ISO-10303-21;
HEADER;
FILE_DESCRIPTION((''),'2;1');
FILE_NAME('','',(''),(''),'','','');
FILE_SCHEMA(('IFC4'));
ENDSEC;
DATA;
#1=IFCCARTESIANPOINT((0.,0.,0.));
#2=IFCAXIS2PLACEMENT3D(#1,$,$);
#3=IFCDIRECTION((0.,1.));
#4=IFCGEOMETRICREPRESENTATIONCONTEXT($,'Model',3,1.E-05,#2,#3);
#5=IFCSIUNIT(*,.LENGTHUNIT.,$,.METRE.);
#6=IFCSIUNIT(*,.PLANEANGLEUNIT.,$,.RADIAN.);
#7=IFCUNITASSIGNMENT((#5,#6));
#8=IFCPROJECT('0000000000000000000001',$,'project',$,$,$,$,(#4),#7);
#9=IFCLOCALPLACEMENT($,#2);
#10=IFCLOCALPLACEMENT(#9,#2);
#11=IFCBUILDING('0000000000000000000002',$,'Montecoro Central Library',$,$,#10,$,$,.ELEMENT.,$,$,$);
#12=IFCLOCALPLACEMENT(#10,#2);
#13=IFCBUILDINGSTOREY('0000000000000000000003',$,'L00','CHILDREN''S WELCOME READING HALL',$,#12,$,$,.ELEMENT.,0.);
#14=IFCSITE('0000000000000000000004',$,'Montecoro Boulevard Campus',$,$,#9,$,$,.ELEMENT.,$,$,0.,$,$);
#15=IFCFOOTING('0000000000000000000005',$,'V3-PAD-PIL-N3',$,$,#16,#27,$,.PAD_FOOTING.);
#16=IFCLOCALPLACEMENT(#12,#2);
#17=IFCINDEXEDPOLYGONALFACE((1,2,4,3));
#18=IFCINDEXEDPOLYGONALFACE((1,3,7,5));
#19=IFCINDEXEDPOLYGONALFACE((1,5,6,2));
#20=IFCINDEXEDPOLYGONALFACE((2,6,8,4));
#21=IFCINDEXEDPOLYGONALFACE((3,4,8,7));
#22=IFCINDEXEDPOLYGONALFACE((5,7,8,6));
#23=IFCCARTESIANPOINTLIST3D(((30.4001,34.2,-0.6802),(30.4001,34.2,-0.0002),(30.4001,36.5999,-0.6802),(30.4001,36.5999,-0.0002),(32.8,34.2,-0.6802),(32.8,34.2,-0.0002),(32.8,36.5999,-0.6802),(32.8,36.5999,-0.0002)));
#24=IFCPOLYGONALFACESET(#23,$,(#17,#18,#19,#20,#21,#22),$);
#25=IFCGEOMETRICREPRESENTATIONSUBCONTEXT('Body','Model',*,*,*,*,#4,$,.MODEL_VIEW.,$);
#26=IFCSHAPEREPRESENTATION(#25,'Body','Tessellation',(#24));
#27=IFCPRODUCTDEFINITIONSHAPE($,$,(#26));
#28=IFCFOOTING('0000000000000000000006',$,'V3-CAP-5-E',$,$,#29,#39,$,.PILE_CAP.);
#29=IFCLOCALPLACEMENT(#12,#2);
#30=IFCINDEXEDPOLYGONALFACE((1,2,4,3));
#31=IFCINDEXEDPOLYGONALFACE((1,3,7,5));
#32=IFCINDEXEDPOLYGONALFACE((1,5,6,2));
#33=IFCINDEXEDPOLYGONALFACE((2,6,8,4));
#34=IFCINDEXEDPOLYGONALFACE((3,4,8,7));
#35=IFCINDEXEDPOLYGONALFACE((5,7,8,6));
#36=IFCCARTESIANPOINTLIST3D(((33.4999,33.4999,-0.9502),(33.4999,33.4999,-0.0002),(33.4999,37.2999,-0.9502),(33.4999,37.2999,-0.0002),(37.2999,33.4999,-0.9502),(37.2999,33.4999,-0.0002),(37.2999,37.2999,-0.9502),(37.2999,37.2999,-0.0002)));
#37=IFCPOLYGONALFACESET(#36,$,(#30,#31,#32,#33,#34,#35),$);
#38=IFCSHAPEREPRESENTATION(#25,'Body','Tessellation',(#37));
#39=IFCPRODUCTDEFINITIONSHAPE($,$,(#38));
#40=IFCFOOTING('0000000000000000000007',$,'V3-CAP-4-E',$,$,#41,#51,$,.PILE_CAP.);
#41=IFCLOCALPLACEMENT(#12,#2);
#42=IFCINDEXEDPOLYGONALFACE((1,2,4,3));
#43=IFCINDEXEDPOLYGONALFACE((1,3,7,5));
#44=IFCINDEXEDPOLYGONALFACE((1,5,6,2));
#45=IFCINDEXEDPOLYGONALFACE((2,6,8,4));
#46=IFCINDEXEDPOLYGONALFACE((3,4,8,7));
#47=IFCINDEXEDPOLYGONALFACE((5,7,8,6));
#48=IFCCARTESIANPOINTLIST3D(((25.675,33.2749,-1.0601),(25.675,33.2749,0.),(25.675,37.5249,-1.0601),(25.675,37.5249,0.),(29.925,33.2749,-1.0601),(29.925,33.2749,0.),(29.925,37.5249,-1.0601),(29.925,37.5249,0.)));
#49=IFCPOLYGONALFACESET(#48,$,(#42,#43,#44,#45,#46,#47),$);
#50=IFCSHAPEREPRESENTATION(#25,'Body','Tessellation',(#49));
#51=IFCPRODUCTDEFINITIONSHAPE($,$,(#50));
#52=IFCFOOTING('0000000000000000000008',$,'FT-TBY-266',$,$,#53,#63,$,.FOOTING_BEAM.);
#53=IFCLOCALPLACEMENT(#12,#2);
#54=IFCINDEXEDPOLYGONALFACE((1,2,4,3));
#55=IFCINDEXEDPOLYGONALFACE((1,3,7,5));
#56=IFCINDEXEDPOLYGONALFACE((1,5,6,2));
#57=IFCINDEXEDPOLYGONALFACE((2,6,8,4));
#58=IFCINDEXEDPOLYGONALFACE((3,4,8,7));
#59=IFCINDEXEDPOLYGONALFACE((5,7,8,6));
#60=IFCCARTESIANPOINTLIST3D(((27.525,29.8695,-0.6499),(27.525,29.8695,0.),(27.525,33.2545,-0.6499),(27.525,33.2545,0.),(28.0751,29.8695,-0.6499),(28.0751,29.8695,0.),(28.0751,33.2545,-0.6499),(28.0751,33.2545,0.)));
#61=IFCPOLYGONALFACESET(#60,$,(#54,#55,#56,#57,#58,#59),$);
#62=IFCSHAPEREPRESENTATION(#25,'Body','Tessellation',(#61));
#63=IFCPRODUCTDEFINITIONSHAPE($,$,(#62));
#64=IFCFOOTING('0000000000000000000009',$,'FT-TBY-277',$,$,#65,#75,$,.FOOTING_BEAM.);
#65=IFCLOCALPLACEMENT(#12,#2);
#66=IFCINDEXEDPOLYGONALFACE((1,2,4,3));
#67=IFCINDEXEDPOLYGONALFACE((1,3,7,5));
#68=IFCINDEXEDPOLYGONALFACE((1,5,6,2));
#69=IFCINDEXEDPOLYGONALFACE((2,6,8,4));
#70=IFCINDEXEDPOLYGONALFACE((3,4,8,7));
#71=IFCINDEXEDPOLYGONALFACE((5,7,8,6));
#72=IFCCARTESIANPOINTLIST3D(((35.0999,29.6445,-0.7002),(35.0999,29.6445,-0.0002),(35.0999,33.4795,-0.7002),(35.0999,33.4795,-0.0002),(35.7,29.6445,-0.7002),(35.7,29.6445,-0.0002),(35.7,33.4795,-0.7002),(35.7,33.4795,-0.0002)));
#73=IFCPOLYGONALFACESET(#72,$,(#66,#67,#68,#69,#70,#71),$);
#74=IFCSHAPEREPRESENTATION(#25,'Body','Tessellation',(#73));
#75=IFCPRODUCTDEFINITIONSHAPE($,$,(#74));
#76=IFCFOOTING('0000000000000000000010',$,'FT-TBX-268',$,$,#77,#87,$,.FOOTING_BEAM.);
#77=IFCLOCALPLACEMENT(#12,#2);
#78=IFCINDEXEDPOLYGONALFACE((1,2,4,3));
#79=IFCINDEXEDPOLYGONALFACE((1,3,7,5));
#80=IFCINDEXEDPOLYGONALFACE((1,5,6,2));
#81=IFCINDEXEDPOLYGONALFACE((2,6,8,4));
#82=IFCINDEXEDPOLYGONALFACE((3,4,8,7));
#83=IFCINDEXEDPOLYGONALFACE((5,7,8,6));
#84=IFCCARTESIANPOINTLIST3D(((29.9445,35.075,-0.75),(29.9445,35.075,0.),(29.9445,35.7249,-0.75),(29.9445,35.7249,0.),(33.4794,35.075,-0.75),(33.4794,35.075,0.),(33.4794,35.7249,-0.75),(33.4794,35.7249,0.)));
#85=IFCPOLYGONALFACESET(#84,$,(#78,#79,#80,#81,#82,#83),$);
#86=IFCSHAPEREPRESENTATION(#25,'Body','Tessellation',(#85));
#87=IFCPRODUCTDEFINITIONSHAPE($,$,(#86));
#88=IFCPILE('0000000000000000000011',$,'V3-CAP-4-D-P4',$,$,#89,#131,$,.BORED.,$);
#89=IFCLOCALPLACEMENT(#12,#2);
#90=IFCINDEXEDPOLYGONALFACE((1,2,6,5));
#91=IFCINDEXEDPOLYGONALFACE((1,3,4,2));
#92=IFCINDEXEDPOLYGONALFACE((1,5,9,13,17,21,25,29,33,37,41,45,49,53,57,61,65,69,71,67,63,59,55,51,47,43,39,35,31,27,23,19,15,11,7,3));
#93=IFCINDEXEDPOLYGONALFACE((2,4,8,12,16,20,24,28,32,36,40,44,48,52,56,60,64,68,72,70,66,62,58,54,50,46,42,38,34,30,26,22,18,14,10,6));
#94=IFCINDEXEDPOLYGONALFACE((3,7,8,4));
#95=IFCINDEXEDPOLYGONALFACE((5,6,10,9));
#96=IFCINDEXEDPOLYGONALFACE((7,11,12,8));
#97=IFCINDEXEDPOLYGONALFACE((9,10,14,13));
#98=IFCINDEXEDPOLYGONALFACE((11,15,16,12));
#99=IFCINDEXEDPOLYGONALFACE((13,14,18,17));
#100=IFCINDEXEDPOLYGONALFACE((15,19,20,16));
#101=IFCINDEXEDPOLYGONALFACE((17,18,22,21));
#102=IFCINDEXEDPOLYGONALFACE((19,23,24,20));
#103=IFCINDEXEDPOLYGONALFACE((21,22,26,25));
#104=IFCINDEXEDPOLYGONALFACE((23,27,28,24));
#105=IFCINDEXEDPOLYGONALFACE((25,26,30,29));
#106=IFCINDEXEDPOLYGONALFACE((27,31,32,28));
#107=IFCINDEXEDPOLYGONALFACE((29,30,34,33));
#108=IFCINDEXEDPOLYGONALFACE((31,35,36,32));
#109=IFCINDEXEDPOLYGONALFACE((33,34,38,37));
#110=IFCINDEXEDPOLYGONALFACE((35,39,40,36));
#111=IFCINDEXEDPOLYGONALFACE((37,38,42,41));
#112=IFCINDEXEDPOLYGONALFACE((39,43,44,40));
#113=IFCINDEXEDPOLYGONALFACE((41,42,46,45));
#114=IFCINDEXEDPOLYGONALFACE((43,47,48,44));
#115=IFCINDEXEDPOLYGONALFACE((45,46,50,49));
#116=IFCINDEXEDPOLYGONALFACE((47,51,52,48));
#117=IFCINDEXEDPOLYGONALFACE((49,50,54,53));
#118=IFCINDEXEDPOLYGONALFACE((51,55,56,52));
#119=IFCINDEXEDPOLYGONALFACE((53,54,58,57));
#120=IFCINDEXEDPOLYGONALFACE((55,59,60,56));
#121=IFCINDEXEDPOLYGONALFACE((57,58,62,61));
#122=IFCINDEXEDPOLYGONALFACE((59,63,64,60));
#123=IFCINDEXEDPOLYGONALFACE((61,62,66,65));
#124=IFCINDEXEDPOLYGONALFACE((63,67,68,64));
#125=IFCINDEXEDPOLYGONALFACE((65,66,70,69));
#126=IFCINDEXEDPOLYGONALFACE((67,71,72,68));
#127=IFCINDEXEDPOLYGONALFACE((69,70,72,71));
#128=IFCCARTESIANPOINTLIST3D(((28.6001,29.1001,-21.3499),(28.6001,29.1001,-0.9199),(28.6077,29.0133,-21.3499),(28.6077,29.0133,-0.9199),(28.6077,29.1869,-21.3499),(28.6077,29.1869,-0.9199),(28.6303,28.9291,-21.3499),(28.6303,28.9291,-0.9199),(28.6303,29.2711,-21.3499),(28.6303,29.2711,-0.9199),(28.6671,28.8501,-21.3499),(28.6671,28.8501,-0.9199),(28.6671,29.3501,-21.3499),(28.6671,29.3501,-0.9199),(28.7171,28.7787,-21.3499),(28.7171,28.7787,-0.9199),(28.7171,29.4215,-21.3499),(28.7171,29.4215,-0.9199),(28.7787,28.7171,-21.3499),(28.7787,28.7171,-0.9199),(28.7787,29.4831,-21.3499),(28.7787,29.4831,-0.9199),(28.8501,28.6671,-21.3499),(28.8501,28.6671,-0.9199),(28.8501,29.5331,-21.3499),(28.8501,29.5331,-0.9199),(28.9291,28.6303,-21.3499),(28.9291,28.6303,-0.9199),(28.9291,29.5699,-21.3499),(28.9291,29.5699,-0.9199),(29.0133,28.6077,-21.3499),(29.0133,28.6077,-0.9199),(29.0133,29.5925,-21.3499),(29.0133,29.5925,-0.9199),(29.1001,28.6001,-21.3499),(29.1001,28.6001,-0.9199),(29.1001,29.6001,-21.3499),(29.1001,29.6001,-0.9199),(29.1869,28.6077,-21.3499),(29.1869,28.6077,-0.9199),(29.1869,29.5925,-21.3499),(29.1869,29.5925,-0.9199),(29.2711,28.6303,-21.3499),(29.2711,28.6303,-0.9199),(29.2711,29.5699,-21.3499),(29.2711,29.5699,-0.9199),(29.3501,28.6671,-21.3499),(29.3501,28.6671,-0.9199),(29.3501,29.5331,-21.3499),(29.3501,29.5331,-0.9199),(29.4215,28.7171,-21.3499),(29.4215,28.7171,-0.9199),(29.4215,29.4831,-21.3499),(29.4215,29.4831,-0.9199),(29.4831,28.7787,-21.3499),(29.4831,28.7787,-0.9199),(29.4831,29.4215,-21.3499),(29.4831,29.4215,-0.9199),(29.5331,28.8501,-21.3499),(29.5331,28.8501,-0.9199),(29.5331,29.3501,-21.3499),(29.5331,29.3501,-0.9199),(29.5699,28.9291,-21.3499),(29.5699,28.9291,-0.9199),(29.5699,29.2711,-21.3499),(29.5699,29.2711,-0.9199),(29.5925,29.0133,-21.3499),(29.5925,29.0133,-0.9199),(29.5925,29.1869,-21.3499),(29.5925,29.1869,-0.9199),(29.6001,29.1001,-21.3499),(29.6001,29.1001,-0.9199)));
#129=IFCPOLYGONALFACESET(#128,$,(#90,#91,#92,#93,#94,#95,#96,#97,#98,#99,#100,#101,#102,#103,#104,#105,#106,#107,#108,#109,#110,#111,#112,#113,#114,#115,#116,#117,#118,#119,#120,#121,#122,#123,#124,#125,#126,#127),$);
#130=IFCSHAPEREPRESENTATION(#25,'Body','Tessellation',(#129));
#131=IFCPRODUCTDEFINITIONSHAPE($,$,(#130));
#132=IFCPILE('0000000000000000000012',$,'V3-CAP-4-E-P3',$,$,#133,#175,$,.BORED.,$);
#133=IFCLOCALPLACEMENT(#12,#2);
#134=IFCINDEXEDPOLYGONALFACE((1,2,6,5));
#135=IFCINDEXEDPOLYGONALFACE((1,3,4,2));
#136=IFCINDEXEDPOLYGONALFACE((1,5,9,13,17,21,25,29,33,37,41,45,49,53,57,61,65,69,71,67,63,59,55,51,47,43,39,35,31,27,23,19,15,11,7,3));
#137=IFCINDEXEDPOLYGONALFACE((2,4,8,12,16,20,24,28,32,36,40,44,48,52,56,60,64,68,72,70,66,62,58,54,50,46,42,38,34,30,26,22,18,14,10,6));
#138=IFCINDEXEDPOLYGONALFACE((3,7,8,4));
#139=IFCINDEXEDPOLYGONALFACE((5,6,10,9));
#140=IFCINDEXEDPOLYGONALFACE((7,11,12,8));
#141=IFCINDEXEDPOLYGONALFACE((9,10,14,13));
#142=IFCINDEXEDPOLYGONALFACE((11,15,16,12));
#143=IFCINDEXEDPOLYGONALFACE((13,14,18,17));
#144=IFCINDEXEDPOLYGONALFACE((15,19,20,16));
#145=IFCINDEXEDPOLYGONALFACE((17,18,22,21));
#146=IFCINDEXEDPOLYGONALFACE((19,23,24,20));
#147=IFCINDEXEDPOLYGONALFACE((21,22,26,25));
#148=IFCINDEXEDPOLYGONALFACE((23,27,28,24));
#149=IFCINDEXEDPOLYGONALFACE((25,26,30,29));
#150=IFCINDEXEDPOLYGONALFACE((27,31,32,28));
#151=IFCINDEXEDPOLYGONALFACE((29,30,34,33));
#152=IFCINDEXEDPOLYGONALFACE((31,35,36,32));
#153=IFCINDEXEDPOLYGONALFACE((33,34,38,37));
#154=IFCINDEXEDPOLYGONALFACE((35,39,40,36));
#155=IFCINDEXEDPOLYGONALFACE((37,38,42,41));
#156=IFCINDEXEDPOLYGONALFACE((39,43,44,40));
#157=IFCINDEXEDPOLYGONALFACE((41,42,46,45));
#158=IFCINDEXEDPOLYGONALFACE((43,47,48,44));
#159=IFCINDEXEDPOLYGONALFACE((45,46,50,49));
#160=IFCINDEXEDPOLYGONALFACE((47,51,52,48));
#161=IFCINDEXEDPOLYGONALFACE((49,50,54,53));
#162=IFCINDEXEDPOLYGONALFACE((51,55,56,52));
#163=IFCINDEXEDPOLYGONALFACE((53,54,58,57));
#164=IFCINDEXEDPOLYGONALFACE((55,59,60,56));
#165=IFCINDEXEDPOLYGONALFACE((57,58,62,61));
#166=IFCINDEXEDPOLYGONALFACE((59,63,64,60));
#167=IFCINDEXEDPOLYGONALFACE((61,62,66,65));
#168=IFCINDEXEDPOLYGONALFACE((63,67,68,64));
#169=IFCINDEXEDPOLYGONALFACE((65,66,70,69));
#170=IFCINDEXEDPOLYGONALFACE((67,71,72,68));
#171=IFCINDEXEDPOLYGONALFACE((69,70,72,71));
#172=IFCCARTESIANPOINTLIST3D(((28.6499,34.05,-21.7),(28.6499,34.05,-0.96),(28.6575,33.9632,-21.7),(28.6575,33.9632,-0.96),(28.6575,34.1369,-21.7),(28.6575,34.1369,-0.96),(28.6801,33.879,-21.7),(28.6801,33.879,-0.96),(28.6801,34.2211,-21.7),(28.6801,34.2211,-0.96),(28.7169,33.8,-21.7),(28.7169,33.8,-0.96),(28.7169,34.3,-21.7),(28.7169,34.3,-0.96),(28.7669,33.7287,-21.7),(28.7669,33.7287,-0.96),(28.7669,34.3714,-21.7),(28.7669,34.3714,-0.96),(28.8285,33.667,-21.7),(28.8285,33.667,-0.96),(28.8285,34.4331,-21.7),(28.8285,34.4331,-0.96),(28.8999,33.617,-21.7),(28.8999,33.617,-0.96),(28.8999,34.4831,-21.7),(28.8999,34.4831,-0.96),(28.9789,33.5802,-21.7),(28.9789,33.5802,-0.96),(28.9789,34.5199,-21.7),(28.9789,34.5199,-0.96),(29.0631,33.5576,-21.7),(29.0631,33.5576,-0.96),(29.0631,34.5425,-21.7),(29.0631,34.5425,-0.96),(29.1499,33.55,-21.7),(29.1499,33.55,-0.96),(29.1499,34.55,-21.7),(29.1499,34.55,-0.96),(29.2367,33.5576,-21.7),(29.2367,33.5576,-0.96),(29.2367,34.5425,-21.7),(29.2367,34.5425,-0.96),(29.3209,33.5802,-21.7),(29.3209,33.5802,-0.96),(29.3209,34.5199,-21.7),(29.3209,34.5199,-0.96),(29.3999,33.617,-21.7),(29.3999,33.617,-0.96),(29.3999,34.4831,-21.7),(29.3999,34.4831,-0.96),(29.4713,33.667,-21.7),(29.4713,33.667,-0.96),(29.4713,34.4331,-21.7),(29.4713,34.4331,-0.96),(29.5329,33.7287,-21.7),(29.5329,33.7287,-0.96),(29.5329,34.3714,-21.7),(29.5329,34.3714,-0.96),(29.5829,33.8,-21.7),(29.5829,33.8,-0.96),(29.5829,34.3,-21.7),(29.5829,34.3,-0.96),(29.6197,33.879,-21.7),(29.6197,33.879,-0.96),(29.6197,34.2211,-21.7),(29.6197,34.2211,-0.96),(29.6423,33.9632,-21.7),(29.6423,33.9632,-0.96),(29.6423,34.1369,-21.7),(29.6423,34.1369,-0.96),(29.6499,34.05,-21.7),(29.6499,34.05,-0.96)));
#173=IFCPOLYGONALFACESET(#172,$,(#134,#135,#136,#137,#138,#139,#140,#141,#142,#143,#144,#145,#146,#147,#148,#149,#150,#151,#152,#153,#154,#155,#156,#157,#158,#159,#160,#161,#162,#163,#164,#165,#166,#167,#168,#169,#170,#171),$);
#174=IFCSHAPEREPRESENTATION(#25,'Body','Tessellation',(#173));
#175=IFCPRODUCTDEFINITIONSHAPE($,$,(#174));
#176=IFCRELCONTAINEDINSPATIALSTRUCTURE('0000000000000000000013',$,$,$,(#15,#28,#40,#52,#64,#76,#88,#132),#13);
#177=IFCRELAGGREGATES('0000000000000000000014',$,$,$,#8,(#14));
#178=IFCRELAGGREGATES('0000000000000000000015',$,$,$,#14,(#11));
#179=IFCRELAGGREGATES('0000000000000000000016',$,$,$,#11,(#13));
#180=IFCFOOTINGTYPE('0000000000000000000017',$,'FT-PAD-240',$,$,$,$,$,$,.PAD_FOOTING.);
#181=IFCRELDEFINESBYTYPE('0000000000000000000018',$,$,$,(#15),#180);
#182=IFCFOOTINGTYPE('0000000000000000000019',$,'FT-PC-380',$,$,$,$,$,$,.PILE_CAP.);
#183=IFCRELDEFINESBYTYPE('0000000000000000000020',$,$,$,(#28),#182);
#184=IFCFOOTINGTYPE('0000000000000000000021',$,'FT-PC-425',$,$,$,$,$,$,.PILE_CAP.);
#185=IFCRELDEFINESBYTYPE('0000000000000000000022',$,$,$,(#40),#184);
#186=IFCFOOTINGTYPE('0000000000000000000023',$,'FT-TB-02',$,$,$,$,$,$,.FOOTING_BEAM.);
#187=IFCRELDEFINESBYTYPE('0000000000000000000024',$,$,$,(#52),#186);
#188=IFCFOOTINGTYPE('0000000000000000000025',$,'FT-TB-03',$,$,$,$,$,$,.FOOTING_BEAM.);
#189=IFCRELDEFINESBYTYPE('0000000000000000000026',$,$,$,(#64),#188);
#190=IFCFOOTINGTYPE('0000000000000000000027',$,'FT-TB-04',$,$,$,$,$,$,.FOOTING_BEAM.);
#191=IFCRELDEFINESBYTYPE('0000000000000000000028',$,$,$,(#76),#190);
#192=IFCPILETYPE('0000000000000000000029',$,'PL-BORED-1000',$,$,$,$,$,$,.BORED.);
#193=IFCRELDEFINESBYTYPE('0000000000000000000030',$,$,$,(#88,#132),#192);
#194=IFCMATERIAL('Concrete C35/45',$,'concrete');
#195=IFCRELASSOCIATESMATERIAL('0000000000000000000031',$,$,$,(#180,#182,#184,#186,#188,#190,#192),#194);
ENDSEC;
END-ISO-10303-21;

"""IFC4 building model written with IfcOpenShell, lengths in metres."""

from ifc_helpers import new_model, si_unit, direction, frame, origin, origin_2d, place, context, subcontext, project, spatial, rectangle, circle, extrude, material, material_profile, profile_set, type_object, element, save


model = new_model("IFC4")

# Units and contexts
model_context = context("Model", 3, precision=1e-05, world=origin(), true_north=direction((0.0, 1.0)))
body_context = subcontext(model_context, "Body", "Model", "MODEL_VIEW")
ifc_project = project(units=[si_unit("LENGTHUNIT", "METRE"), si_unit("PLANEANGLEUNIT", "RADIAN")], contexts=[model_context])

# Site, building, storey
site_placement = place(None, origin())
site = spatial("IfcSite", under=ifc_project, at=site_placement, Name="Montecoro Boulevard Campus", CompositionType="ELEMENT", RefElevation=0.0)
building_placement = place(site_placement, origin())
building = spatial("IfcBuilding", under=site, at=building_placement, Name="Montecoro Central Library", CompositionType="ELEMENT")
storey_placement = place(building_placement, origin())
storey = spatial("IfcBuildingStorey", under=building, at=storey_placement, Name="L00", Description="CHILDREN'S WELCOME READING HALL", CompositionType="ELEMENT", Elevation=0.0)

# Footings
ifc_material_1 = material(Name="Concrete C35/45", Category="concrete")
footing_type_1 = type_object("IfcFootingType", Name="FT-PAD-240", PredefinedType="PAD_FOOTING", material=ifc_material_1)
footing_1_placement = place(storey_placement, frame((31.6001, 35.3999, -0.6802), z_axis=(0.0, 0.0, 1.0), x_axis=(1.0, 0.0, 0.0)))
element("IfcFooting", 1, at=footing_1_placement, inside=storey, type_object=footing_type_1, Name="V3-PAD-PIL-N3", PredefinedType="PAD_FOOTING", context=body_context, shape_type="SweptSolid", body=[
    extrude(rectangle(XDim=2.3999, YDim=2.3999, at=origin_2d()), origin(), (0.0, 0.0, 1.0), 0.6799),
])
footing_type_2 = type_object("IfcFootingType", Name="FT-PC-380", PredefinedType="PILE_CAP", material=ifc_material_1)
footing_2_placement = place(storey_placement, frame((35.3999, 35.3999, -0.9502), z_axis=(0.0, 0.0, 1.0), x_axis=(1.0, 0.0, 0.0)))
element("IfcFooting", 2, at=footing_2_placement, inside=storey, type_object=footing_type_2, Name="V3-CAP-5-E", PredefinedType="PILE_CAP", context=body_context, shape_type="SweptSolid", body=[
    extrude(rectangle(XDim=3.8, YDim=3.8, at=origin_2d()), origin(), (0.0, 0.0, 1.0), 0.95),
])
footing_type_3 = type_object("IfcFootingType", Name="FT-PC-425", PredefinedType="PILE_CAP", material=ifc_material_1)
footing_3_placement = place(storey_placement, frame((27.8, 35.3999, -1.0601), z_axis=(0.0, 0.0, 1.0), x_axis=(1.0, 0.0, 0.0)))
element("IfcFooting", 3, at=footing_3_placement, inside=storey, type_object=footing_type_3, Name="V3-CAP-4-E", PredefinedType="PILE_CAP", context=body_context, shape_type="SweptSolid", body=[
    extrude(rectangle(XDim=4.25, YDim=4.25, at=origin_2d()), origin(), (0.0, 0.0, 1.0), 1.0601),
])
footing_type_4 = type_object("IfcFootingType", Name="FT-TB-02", PredefinedType="FOOTING_BEAM", material=ifc_material_1)
footing_4_placement = place(storey_placement, frame((27.8, 31.562, -0.6499), z_axis=(0.0, 0.0, 1.0), x_axis=(1.0, 0.0, 0.0)))
element("IfcFooting", 4, at=footing_4_placement, inside=storey, type_object=footing_type_4, Name="FT-TBY-266", PredefinedType="FOOTING_BEAM", context=body_context, shape_type="SweptSolid", body=[
    extrude(rectangle(XDim=0.55, YDim=3.385, at=origin_2d()), origin(), (0.0, 0.0, 1.0), 0.6499),
])
footing_type_5 = type_object("IfcFootingType", Name="FT-TB-03", PredefinedType="FOOTING_BEAM", material=ifc_material_1)
footing_5_placement = place(storey_placement, frame((35.3999, 31.562, -0.7002), z_axis=(0.0, 0.0, 1.0), x_axis=(1.0, 0.0, 0.0)))
element("IfcFooting", 5, at=footing_5_placement, inside=storey, type_object=footing_type_5, Name="FT-TBY-277", PredefinedType="FOOTING_BEAM", context=body_context, shape_type="SweptSolid", body=[
    extrude(rectangle(XDim=0.6001, YDim=3.835, at=origin_2d()), origin(), (0.0, 0.0, 1.0), 0.7),
])
footing_type_6 = type_object("IfcFootingType", Name="FT-TB-04", PredefinedType="FOOTING_BEAM", material=ifc_material_1)
footing_6_placement = place(storey_placement, frame((31.7119, 35.3999, -0.75), z_axis=(0.0, 0.0, 1.0), x_axis=(1.0, 0.0, 0.0)))
element("IfcFooting", 6, at=footing_6_placement, inside=storey, type_object=footing_type_6, Name="FT-TBX-268", PredefinedType="FOOTING_BEAM", context=body_context, shape_type="SweptSolid", body=[
    extrude(rectangle(XDim=3.5349, YDim=0.6499, at=origin_2d()), origin(), (0.0, 0.0, 1.0), 0.75),
])

# Piles
ifc_material_profile_1 = material_profile(ifc_material_1, circle(Radius=0.5, at=origin_2d()), Name="PILE D1000")
ifc_profile_set_1 = profile_set([ifc_material_profile_1], Name="Concrete C35/45")
pile_type_1 = type_object("IfcPileType", Name="PL-BORED-1000", PredefinedType="BORED", material=ifc_profile_set_1)
pile_1_placement = place(storey_placement, frame((29.1001, 29.1001, -0.9199), z_axis=(0.0, 0.0, -1.0), x_axis=(1.0, 0.0, 0.0)))
element("IfcPile", 7, at=pile_1_placement, inside=storey, type_object=pile_type_1, Name="V3-CAP-4-D-P4", PredefinedType="BORED", context=body_context, shape_type="SweptSolid", body=[
    extrude(circle(Radius=0.5, at=origin_2d()), origin(), (0.0, 0.0, 1.0), 20.4299),
])
pile_2_placement = place(storey_placement, frame((29.1499, 34.05, -0.96), z_axis=(0.0, 0.0, -1.0), x_axis=(1.0, 0.0, 0.0)))
element("IfcPile", 8, at=pile_2_placement, inside=storey, type_object=pile_type_1, Name="V3-CAP-4-E-P3", PredefinedType="BORED", context=body_context, shape_type="SweptSolid", body=[
    extrude(circle(Radius=0.5, at=origin_2d()), origin(), (0.0, 0.0, 1.0), 20.74),
])

save(model, "model.ifc")
